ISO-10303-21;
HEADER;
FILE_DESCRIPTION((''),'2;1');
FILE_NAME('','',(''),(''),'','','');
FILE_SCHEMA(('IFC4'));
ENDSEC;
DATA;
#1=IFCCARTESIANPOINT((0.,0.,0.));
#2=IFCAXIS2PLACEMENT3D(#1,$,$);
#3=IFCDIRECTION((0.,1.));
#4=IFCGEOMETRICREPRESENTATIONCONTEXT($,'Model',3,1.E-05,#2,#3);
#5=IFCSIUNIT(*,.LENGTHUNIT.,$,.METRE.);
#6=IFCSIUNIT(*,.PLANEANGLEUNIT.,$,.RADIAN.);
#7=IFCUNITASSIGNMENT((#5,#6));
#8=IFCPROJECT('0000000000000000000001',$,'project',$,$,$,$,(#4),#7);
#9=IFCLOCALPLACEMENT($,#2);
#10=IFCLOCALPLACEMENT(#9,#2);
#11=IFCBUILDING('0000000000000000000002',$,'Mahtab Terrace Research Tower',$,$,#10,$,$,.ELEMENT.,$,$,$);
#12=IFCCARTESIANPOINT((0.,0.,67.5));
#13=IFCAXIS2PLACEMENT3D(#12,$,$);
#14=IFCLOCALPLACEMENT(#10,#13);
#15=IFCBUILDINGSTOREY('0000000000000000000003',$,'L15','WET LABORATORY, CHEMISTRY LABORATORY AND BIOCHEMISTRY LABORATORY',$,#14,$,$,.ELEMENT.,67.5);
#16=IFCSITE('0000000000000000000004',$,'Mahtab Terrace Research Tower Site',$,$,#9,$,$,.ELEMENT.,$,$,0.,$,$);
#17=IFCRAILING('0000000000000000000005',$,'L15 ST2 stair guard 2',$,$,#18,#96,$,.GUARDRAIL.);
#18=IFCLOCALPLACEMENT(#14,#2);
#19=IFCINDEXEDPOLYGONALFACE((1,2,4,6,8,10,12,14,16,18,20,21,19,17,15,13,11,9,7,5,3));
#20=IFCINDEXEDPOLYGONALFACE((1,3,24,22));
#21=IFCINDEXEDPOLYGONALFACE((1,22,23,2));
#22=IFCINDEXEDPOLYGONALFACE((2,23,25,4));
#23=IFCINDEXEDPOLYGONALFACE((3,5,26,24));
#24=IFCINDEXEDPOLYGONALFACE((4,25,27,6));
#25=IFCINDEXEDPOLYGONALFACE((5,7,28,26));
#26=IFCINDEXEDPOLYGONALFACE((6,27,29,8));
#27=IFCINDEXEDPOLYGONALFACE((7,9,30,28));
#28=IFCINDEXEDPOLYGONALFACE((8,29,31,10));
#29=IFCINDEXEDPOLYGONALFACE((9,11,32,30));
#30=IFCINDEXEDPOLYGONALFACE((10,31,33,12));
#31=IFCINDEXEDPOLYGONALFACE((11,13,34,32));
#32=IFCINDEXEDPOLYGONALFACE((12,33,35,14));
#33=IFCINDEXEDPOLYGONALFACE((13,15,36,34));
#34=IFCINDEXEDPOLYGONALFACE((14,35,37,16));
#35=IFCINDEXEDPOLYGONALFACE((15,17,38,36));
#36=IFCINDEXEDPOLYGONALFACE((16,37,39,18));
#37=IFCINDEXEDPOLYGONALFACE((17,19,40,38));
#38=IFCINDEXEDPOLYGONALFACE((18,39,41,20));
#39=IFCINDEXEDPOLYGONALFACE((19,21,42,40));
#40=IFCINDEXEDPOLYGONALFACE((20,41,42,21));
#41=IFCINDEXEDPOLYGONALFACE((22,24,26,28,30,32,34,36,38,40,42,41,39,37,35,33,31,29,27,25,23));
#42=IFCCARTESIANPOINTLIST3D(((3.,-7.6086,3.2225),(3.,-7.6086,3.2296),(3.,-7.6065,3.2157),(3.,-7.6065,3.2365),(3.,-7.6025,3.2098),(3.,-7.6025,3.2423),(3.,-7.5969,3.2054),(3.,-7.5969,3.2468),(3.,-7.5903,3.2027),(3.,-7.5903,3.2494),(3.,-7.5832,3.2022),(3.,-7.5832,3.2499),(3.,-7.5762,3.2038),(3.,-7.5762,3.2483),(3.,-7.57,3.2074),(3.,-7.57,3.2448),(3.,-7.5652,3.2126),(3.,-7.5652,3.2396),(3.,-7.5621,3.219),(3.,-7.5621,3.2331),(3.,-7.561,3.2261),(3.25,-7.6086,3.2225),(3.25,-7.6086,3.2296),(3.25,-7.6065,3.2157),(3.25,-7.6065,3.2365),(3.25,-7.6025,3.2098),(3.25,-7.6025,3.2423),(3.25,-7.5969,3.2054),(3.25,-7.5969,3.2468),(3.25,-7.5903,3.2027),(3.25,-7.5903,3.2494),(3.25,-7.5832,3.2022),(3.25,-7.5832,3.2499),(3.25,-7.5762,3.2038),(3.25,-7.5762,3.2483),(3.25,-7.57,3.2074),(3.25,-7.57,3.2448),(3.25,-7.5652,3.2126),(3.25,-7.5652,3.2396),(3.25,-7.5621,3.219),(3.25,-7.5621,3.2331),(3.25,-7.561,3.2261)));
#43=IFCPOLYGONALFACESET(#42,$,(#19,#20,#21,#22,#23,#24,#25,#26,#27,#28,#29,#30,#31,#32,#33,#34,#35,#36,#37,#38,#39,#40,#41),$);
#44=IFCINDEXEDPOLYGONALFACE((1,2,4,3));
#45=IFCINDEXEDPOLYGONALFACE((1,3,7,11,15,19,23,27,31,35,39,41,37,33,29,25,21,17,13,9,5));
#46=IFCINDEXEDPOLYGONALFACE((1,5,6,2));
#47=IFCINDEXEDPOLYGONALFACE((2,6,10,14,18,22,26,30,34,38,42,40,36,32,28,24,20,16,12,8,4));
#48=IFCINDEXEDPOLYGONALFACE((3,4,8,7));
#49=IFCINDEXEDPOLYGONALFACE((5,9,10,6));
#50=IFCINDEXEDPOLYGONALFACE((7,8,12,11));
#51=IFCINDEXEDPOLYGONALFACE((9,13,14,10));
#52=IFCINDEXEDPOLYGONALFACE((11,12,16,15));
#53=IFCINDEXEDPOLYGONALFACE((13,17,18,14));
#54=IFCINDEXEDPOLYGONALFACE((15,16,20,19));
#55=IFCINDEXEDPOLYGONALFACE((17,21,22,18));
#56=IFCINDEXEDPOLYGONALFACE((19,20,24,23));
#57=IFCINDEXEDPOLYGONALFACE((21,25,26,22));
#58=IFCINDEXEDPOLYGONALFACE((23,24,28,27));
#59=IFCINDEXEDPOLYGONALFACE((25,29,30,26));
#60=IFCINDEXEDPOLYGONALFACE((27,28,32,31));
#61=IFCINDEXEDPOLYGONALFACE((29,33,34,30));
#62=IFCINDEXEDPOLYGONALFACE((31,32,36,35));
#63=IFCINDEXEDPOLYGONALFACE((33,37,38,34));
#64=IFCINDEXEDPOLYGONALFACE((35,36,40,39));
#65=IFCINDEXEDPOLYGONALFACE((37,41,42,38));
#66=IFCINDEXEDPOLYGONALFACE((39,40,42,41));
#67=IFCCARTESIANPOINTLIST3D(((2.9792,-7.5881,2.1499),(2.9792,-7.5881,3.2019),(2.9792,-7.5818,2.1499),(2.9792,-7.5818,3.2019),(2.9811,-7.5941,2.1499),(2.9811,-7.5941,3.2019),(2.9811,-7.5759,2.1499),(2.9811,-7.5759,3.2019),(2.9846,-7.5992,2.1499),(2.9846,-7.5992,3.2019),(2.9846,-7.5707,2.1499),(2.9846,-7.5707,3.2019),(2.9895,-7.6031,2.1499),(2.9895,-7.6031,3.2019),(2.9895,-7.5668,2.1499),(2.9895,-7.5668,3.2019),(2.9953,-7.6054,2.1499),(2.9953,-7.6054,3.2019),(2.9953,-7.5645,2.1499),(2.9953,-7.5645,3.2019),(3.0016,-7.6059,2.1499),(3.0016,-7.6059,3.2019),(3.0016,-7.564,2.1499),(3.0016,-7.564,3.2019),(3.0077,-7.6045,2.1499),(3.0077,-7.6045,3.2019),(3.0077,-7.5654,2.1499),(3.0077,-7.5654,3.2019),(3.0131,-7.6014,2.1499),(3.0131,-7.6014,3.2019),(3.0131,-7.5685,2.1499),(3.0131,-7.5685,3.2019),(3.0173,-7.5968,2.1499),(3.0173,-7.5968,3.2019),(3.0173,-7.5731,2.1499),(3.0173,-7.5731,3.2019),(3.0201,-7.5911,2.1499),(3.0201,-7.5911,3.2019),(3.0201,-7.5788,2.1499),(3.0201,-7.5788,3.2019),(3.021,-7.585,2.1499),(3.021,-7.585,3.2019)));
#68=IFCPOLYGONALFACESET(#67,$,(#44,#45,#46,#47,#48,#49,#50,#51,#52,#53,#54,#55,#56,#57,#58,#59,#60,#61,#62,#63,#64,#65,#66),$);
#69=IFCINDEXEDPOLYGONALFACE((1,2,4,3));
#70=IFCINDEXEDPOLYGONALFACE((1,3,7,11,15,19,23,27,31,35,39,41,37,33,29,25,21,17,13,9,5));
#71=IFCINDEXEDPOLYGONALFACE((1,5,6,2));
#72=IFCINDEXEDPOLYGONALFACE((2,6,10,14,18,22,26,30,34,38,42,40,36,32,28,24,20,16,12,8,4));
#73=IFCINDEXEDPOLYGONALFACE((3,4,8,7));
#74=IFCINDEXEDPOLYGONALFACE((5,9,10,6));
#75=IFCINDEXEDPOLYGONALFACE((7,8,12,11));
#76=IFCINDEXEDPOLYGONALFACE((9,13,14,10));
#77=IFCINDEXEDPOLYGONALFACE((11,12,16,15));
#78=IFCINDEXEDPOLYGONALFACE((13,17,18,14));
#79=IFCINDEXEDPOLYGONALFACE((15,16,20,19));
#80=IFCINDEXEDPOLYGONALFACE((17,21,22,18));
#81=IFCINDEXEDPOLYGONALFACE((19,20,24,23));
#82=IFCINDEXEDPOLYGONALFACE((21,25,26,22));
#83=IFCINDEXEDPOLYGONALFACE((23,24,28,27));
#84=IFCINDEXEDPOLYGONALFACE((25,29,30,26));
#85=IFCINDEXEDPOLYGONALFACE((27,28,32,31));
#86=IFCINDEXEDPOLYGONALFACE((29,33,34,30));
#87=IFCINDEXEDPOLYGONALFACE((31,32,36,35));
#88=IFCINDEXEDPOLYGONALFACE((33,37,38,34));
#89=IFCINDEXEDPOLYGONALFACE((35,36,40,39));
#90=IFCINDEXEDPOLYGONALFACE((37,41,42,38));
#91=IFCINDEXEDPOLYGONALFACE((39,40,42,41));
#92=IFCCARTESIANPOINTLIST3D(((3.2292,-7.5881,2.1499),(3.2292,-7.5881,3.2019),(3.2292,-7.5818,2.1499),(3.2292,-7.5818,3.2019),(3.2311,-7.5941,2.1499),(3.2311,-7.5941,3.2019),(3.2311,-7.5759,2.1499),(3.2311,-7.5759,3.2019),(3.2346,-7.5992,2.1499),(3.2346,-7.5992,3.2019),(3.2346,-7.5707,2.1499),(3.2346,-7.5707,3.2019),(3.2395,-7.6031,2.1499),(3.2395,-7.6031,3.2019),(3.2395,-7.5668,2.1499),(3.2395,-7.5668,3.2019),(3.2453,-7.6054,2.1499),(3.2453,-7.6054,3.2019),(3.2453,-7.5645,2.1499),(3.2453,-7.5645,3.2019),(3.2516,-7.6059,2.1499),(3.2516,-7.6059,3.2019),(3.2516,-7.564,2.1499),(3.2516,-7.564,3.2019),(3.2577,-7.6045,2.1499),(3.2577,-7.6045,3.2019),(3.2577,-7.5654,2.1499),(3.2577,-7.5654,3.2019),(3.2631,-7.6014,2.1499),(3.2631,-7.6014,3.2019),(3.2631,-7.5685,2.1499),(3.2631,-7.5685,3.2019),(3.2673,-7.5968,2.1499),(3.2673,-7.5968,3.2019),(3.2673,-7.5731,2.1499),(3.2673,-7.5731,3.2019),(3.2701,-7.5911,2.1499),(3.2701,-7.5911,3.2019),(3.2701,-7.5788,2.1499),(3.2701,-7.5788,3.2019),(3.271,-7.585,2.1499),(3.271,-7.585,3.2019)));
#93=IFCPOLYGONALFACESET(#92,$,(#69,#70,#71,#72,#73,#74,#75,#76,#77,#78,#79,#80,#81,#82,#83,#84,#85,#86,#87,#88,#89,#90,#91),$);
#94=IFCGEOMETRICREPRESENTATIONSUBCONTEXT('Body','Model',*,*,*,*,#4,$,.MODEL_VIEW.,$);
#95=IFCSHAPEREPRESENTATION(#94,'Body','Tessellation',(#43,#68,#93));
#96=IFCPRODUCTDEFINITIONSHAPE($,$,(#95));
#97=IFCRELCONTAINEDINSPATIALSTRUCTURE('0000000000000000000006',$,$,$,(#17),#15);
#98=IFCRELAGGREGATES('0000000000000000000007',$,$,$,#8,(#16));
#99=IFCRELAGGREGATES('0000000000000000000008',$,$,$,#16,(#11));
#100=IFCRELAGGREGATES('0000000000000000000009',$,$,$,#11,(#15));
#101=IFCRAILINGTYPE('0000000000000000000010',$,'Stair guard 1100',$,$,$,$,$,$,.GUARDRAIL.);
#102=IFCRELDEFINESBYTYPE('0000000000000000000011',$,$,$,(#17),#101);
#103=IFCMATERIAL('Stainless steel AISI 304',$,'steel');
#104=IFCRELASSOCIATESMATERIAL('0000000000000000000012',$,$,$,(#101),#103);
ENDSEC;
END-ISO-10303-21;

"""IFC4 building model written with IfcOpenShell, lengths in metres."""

from ifc_helpers import new_model, si_unit, direction, frame, origin, origin_2d, place, context, subcontext, project, spatial, circle, extrude, material, type_object, element, save


model = new_model("IFC4")

# Units and contexts
model_context = context("Model", 3, precision=1e-05, world=origin(), true_north=direction((0.0, 1.0)))
body_context = subcontext(model_context, "Body", "Model", "MODEL_VIEW")
ifc_project = project(units=[si_unit("LENGTHUNIT", "METRE"), si_unit("PLANEANGLEUNIT", "RADIAN")], contexts=[model_context])

# Site, building, storey
site_placement = place(None, origin())
site = spatial("IfcSite", under=ifc_project, at=site_placement, Name="Mahtab Terrace Research Tower Site", CompositionType="ELEMENT", RefElevation=0.0)
building_placement = place(site_placement, origin())
building = spatial("IfcBuilding", under=site, at=building_placement, Name="Mahtab Terrace Research Tower", CompositionType="ELEMENT")
storey_placement = place(building_placement, frame((0.0, 0.0, 67.5)))
storey = spatial("IfcBuildingStorey", under=building, at=storey_placement, Name="L15", Description="WET LABORATORY, CHEMISTRY LABORATORY AND BIOCHEMISTRY LABORATORY", CompositionType="ELEMENT", Elevation=67.5)

# Railing
ifc_material_1 = material(Name="Stainless steel AISI 304", Category="steel")
railing_type_1 = type_object("IfcRailingType", Name="Stair guard 1100", PredefinedType="GUARDRAIL", material=ifc_material_1)
railing_1_placement = place(storey_placement, frame((3.0, -7.585, 2.1499)))
element("IfcRailing", 1, at=railing_1_placement, inside=storey, type_object=railing_type_1, Name="L15 ST2 stair guard 2", PredefinedType="GUARDRAIL", context=body_context, shape_type="SweptSolid", body=[
    extrude(circle(Radius=0.0239, at=origin_2d()), frame((0.0, 0.0, 1.0762), z_axis=(1.0, 0.0, 0.0), x_axis=(0.0, 1.0, 0.0)), (0.0, 0.0, 1.0), 0.25),
    extrude(circle(Radius=0.021, at=origin_2d()), origin(), (0.0, 0.0, 1.0), 1.052),
    extrude(circle(Radius=0.021, at=origin_2d()), frame((0.25, 0.0, 0.0)), (0.0, 0.0, 1.0), 1.052),
])

save(model, "model.ifc")
